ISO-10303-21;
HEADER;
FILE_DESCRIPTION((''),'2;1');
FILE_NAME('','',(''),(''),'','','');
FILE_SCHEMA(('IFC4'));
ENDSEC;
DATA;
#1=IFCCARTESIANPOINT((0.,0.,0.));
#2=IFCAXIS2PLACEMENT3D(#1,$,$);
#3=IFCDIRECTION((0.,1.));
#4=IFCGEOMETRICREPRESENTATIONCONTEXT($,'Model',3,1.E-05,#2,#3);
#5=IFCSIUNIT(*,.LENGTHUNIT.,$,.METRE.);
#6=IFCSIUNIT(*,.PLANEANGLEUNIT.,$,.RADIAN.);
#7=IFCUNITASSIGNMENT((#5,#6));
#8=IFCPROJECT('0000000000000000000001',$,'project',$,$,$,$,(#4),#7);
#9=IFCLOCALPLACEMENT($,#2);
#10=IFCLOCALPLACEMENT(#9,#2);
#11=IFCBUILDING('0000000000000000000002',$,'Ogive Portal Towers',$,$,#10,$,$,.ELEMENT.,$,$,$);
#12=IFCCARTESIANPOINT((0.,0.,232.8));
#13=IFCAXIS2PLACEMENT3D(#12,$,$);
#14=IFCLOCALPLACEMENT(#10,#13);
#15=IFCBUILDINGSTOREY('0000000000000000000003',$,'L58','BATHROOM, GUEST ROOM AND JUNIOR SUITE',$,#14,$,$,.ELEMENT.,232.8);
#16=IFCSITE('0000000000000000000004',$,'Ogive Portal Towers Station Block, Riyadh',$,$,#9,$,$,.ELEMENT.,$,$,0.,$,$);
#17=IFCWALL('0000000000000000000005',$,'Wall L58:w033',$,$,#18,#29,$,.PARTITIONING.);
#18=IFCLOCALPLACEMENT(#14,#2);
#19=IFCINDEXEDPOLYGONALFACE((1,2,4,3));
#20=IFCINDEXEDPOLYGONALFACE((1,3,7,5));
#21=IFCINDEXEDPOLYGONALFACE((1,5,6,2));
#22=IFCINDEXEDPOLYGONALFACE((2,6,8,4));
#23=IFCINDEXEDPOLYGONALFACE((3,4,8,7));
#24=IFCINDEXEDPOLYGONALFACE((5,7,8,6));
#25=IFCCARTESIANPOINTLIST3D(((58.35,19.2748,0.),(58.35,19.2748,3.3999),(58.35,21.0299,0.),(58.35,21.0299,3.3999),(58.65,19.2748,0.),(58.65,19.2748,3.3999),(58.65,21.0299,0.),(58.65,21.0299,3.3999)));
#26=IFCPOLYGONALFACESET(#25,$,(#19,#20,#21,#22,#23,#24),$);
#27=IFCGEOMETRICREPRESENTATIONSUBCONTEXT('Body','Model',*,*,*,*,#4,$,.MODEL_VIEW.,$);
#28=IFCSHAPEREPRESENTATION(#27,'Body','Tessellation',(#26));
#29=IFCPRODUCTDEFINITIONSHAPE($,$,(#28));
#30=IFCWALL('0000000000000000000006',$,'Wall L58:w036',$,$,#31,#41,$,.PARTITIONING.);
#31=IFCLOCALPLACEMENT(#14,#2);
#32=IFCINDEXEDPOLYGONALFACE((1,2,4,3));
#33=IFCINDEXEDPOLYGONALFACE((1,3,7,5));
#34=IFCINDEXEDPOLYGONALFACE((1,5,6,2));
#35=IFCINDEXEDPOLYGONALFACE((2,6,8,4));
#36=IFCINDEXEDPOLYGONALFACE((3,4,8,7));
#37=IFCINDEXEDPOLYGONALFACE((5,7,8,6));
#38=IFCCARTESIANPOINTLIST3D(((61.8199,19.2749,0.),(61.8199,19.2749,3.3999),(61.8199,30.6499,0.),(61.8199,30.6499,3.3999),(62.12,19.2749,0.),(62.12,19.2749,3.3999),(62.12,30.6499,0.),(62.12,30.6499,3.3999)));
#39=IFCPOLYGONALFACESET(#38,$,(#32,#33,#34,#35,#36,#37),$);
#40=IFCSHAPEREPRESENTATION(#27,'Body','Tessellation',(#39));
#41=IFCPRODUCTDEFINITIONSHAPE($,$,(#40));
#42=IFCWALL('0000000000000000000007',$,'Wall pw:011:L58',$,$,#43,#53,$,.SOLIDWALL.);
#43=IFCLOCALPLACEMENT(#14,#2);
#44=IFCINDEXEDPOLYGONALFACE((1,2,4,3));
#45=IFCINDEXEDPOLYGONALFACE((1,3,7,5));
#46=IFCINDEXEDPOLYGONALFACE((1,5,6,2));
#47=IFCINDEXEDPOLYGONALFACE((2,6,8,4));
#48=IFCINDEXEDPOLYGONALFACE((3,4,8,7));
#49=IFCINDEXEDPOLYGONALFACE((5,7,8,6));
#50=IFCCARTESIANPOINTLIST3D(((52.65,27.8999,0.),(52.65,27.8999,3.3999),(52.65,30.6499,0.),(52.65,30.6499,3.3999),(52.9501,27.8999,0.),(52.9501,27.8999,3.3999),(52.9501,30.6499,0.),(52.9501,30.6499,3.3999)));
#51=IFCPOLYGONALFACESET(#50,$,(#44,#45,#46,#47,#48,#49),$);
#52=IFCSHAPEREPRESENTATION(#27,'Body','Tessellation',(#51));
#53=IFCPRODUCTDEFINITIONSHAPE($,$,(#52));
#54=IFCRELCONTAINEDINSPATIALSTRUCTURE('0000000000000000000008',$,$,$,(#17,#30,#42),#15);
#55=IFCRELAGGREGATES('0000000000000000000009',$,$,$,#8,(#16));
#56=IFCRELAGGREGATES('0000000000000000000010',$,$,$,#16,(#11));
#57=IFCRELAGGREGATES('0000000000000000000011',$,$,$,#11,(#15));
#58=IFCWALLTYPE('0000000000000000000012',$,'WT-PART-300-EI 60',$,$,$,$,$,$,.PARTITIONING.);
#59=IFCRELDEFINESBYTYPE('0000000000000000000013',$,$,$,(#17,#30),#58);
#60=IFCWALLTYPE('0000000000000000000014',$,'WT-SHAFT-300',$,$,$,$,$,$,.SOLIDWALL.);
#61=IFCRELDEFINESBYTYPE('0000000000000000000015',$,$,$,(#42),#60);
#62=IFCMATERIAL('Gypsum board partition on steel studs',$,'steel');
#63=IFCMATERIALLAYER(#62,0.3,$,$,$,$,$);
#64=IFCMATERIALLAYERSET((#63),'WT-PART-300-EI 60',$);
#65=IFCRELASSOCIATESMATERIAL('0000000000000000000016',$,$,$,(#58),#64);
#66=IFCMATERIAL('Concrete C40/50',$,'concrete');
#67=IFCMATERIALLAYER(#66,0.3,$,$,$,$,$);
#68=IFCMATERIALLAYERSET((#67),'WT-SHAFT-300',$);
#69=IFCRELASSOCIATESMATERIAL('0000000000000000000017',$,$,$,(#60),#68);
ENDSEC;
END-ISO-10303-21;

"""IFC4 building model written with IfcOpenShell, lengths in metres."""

from ifc_helpers import new_model, si_unit, direction, frame, frame_2d, origin, place, context, subcontext, project, spatial, rectangle, extrude, material, layer, layer_set, type_object, element, save


model = new_model("IFC4")

# Units and contexts
model_context = context("Model", 3, precision=1e-05, world=origin(), true_north=direction((0.0, 1.0)))
body_context = subcontext(model_context, "Body", "Model", "MODEL_VIEW")
ifc_project = project(units=[si_unit("LENGTHUNIT", "METRE"), si_unit("PLANEANGLEUNIT", "RADIAN")], contexts=[model_context])

# Site, building, storey
site_placement = place(None, origin())
site = spatial("IfcSite", under=ifc_project, at=site_placement, Name="Ogive Portal Towers Station Block, Riyadh", CompositionType="ELEMENT", RefElevation=0.0)
building_placement = place(site_placement, origin())
building = spatial("IfcBuilding", under=site, at=building_placement, Name="Ogive Portal Towers", CompositionType="ELEMENT")
storey_placement = place(building_placement, frame((0.0, 0.0, 232.8)))
storey = spatial("IfcBuildingStorey", under=building, at=storey_placement, Name="L58", Description="BATHROOM, GUEST ROOM AND JUNIOR SUITE", CompositionType="ELEMENT", Elevation=232.8)

# Shared definitions
ifc_material_1 = material(Name="Gypsum board partition on steel studs", Category="steel")

# Walls
ifc_layer_1 = layer(ifc_material_1, 0.3)
ifc_layer_set_1 = layer_set([ifc_layer_1], Name="WT-PART-300-EI 60")
wall_type_1 = type_object("IfcWallType", Name="WT-PART-300-EI 60", PredefinedType="PARTITIONING", material=ifc_layer_set_1)
wall_1_placement = place(storey_placement, frame((58.5, 19.2749, 0.0), z_axis=(0.0, 0.0, 1.0), x_axis=(0.0, 1.0, 0.0)))
element("IfcWall", 1, at=wall_1_placement, inside=storey, type_object=wall_type_1, Name="Wall L58:w033", PredefinedType="PARTITIONING", context=body_context, shape_type="SweptSolid", body=[
    extrude(rectangle(XDim=1.7551, YDim=0.3, at=frame_2d((0.8774, 0.0))), origin(), (0.0, 0.0, 1.0), 3.3999),
])
wall_2_placement = place(storey_placement, frame((61.97, 19.2749, 0.0), z_axis=(0.0, 0.0, 1.0), x_axis=(0.0, 1.0, 0.0)))
element("IfcWall", 2, at=wall_2_placement, inside=storey, type_object=wall_type_1, Name="Wall L58:w036", PredefinedType="PARTITIONING", context=body_context, shape_type="SweptSolid", body=[
    extrude(rectangle(XDim=11.375, YDim=0.3, at=frame_2d((5.6875, 0.0))), origin(), (0.0, 0.0, 1.0), 3.3999),
])
ifc_material_2 = material(Name="Concrete C40/50", Category="concrete")
ifc_layer_2 = layer(ifc_material_2, 0.3)
ifc_layer_set_2 = layer_set([ifc_layer_2], Name="WT-SHAFT-300")
wall_type_2 = type_object("IfcWallType", Name="WT-SHAFT-300", PredefinedType="SOLIDWALL", material=ifc_layer_set_2)
wall_3_placement = place(storey_placement, frame((52.8, 27.8999, 0.0), z_axis=(0.0, 0.0, 1.0), x_axis=(0.0, 1.0, 0.0)))
element("IfcWall", 3, at=wall_3_placement, inside=storey, type_object=wall_type_2, Name="Wall pw:011:L58", PredefinedType="SOLIDWALL", context=body_context, shape_type="SweptSolid", body=[
    extrude(rectangle(XDim=2.75, YDim=0.3, at=frame_2d((1.375, 0.0))), origin(), (0.0, 0.0, 1.0), 3.3999),
])

save(model, "model.ifc")
